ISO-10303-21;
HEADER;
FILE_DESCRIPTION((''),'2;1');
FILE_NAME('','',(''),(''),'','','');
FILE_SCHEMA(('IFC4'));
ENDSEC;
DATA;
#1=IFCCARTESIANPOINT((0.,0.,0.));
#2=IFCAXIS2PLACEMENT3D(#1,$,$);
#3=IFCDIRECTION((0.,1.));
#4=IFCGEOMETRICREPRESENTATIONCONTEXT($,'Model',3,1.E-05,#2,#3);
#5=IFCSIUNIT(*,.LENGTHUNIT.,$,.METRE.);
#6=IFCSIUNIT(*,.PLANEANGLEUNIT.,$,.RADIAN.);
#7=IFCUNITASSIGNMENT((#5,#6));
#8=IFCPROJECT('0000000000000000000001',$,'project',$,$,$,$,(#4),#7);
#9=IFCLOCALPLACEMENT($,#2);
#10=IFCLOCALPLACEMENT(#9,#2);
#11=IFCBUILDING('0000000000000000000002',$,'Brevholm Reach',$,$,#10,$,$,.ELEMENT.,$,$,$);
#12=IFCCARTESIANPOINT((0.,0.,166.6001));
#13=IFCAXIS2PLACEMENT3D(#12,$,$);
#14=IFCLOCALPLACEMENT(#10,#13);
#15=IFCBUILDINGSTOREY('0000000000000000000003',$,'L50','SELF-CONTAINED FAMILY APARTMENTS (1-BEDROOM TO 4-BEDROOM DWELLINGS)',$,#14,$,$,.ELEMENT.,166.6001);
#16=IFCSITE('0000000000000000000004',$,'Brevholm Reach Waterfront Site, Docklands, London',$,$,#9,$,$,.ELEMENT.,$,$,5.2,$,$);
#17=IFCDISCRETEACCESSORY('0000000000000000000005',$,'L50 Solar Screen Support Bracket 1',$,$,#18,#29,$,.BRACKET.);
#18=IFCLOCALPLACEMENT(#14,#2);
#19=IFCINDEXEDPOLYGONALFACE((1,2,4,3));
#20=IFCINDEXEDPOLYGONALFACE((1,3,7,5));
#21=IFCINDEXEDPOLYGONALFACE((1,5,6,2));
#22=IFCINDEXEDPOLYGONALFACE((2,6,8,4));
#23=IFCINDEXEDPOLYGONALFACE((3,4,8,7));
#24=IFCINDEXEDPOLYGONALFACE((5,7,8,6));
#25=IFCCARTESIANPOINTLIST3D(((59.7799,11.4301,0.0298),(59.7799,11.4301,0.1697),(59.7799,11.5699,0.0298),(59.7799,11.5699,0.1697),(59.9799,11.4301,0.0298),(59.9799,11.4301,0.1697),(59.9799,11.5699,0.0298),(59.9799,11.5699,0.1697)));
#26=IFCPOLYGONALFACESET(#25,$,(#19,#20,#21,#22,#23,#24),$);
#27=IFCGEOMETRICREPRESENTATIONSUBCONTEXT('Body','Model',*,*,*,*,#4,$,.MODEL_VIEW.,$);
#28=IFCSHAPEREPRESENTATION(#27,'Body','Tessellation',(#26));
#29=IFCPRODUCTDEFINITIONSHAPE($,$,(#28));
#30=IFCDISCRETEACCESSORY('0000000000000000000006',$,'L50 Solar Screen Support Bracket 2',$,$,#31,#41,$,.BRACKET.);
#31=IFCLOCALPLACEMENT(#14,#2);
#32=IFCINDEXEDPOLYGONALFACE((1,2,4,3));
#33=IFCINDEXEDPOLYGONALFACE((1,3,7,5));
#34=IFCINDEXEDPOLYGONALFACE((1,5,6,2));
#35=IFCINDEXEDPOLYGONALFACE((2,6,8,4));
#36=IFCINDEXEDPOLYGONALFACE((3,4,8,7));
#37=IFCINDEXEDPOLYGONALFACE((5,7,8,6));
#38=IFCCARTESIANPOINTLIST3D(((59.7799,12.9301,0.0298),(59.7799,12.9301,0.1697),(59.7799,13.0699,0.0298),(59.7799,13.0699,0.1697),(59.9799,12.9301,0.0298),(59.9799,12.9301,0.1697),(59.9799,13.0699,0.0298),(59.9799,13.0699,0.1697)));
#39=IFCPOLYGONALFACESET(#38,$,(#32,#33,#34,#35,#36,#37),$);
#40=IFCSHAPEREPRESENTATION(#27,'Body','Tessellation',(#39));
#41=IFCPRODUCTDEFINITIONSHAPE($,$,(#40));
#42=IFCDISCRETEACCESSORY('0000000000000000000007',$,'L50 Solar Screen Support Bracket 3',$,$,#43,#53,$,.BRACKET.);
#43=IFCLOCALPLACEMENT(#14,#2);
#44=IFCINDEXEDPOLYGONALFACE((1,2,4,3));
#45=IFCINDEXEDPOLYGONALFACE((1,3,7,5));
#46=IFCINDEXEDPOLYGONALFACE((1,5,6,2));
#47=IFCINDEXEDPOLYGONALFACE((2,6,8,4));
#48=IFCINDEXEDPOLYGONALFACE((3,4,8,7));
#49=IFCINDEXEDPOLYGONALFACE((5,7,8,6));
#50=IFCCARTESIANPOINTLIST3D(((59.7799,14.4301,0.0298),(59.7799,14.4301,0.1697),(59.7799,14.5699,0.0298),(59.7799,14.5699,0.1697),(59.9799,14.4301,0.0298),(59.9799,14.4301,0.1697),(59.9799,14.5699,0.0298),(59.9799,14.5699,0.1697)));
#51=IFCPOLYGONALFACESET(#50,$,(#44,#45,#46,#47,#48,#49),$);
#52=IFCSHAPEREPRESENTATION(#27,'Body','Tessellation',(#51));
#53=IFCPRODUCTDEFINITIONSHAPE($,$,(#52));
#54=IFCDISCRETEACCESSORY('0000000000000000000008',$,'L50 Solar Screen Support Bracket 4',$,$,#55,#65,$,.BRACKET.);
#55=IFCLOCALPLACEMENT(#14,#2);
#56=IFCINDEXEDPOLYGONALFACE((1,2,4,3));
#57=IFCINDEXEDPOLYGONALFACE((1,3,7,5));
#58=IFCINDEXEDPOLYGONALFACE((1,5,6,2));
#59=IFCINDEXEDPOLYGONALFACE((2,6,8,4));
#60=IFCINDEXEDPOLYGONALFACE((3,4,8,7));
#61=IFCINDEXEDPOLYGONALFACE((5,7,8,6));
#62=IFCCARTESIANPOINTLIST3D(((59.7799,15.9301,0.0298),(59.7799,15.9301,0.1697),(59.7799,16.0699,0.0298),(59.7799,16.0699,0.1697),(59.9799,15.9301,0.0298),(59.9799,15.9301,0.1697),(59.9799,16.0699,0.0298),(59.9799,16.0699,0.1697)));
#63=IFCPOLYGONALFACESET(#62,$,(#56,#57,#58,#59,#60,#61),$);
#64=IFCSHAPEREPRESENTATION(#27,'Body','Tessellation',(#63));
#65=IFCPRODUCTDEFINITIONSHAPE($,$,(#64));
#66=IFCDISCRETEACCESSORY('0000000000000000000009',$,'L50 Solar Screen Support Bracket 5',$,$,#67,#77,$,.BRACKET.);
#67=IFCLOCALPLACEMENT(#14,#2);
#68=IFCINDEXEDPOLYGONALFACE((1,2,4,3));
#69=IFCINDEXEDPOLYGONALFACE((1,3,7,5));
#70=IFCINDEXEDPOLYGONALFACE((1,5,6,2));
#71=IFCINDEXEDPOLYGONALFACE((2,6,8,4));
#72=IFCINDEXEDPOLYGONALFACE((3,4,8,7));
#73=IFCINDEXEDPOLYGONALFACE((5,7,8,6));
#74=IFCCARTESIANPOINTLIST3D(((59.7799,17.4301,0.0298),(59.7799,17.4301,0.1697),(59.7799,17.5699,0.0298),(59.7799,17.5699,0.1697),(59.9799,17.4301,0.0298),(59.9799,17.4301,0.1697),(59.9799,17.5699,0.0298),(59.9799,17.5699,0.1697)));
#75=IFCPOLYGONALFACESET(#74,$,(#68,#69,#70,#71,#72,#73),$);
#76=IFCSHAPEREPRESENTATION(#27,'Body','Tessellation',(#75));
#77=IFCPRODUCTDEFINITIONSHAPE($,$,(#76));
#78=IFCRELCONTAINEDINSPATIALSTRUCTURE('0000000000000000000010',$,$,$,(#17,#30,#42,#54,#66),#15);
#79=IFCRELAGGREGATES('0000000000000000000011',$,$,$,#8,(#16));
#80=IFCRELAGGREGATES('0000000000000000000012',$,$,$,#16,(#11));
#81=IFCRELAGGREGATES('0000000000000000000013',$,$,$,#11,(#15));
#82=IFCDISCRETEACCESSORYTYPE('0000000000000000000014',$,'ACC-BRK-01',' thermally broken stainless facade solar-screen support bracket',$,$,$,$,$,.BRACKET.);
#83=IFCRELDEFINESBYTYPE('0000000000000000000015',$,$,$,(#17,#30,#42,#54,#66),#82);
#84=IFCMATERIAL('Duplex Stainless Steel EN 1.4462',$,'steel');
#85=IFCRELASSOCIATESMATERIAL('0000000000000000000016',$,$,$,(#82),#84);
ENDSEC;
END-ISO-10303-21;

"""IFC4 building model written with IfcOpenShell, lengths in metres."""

from ifc_helpers import new_model, si_unit, direction, frame, origin, origin_2d, place, context, subcontext, project, spatial, rectangle, extrude, material, type_object, element, save


model = new_model("IFC4")

# Units and contexts
model_context = context("Model", 3, precision=1e-05, world=origin(), true_north=direction((0.0, 1.0)))
body_context = subcontext(model_context, "Body", "Model", "MODEL_VIEW")
ifc_project = project(units=[si_unit("LENGTHUNIT", "METRE"), si_unit("PLANEANGLEUNIT", "RADIAN")], contexts=[model_context])

# Site, building, storey
site_placement = place(None, origin())
site = spatial("IfcSite", under=ifc_project, at=site_placement, Name="Brevholm Reach Waterfront Site, Docklands, London", CompositionType="ELEMENT", RefElevation=5.2)
building_placement = place(site_placement, origin())
building = spatial("IfcBuilding", under=site, at=building_placement, Name="Brevholm Reach", CompositionType="ELEMENT")
storey_placement = place(building_placement, frame((0.0, 0.0, 166.6001)))
storey = spatial("IfcBuildingStorey", under=building, at=storey_placement, Name="L50", Description="SELF-CONTAINED FAMILY APARTMENTS (1-BEDROOM TO 4-BEDROOM DWELLINGS)", CompositionType="ELEMENT", Elevation=166.6001)

# Discrete accessories
ifc_material_1 = material(Name="Duplex Stainless Steel EN 1.4462", Category="steel")
discrete_accessory_type = type_object("IfcDiscreteAccessoryType", Name="ACC-BRK-01", Description=" thermally broken stainless facade solar-screen support bracket", PredefinedType="BRACKET", material=ifc_material_1)
for number, where, z_axis, x_axis, name in (
    (1, (59.8799, 11.5, 0.0298), (0.0, 0.0, 1.0), (1.0, 0.0, 0.0), "L50 Solar Screen Support Bracket 1"),
    (2, (59.8799, 13.0, 0.0298), (0.0, 0.0, 1.0), (1.0, 0.0, 0.0), "L50 Solar Screen Support Bracket 2"),
    (3, (59.8799, 14.5, 0.0298), (0.0, 0.0, 1.0), (1.0, 0.0, 0.0), "L50 Solar Screen Support Bracket 3"),
    (4, (59.8799, 16.0, 0.0298), (0.0, 0.0, 1.0), (1.0, 0.0, 0.0), "L50 Solar Screen Support Bracket 4"),
    (5, (59.8799, 17.5, 0.0298), (0.0, 0.0, 1.0), (1.0, 0.0, 0.0), "L50 Solar Screen Support Bracket 5"),
):
    element("IfcDiscreteAccessory", number, at=place(storey_placement, frame(where, z_axis=z_axis, x_axis=x_axis)), inside=storey, type_object=discrete_accessory_type, Name=name, PredefinedType="BRACKET", context=body_context, shape_type="SweptSolid", body=[
        extrude(rectangle(XDim=0.2, YDim=0.1399, at=origin_2d()), origin(), (0.0, 0.0, 1.0), 0.1399),
    ])

save(model, "model.ifc")
